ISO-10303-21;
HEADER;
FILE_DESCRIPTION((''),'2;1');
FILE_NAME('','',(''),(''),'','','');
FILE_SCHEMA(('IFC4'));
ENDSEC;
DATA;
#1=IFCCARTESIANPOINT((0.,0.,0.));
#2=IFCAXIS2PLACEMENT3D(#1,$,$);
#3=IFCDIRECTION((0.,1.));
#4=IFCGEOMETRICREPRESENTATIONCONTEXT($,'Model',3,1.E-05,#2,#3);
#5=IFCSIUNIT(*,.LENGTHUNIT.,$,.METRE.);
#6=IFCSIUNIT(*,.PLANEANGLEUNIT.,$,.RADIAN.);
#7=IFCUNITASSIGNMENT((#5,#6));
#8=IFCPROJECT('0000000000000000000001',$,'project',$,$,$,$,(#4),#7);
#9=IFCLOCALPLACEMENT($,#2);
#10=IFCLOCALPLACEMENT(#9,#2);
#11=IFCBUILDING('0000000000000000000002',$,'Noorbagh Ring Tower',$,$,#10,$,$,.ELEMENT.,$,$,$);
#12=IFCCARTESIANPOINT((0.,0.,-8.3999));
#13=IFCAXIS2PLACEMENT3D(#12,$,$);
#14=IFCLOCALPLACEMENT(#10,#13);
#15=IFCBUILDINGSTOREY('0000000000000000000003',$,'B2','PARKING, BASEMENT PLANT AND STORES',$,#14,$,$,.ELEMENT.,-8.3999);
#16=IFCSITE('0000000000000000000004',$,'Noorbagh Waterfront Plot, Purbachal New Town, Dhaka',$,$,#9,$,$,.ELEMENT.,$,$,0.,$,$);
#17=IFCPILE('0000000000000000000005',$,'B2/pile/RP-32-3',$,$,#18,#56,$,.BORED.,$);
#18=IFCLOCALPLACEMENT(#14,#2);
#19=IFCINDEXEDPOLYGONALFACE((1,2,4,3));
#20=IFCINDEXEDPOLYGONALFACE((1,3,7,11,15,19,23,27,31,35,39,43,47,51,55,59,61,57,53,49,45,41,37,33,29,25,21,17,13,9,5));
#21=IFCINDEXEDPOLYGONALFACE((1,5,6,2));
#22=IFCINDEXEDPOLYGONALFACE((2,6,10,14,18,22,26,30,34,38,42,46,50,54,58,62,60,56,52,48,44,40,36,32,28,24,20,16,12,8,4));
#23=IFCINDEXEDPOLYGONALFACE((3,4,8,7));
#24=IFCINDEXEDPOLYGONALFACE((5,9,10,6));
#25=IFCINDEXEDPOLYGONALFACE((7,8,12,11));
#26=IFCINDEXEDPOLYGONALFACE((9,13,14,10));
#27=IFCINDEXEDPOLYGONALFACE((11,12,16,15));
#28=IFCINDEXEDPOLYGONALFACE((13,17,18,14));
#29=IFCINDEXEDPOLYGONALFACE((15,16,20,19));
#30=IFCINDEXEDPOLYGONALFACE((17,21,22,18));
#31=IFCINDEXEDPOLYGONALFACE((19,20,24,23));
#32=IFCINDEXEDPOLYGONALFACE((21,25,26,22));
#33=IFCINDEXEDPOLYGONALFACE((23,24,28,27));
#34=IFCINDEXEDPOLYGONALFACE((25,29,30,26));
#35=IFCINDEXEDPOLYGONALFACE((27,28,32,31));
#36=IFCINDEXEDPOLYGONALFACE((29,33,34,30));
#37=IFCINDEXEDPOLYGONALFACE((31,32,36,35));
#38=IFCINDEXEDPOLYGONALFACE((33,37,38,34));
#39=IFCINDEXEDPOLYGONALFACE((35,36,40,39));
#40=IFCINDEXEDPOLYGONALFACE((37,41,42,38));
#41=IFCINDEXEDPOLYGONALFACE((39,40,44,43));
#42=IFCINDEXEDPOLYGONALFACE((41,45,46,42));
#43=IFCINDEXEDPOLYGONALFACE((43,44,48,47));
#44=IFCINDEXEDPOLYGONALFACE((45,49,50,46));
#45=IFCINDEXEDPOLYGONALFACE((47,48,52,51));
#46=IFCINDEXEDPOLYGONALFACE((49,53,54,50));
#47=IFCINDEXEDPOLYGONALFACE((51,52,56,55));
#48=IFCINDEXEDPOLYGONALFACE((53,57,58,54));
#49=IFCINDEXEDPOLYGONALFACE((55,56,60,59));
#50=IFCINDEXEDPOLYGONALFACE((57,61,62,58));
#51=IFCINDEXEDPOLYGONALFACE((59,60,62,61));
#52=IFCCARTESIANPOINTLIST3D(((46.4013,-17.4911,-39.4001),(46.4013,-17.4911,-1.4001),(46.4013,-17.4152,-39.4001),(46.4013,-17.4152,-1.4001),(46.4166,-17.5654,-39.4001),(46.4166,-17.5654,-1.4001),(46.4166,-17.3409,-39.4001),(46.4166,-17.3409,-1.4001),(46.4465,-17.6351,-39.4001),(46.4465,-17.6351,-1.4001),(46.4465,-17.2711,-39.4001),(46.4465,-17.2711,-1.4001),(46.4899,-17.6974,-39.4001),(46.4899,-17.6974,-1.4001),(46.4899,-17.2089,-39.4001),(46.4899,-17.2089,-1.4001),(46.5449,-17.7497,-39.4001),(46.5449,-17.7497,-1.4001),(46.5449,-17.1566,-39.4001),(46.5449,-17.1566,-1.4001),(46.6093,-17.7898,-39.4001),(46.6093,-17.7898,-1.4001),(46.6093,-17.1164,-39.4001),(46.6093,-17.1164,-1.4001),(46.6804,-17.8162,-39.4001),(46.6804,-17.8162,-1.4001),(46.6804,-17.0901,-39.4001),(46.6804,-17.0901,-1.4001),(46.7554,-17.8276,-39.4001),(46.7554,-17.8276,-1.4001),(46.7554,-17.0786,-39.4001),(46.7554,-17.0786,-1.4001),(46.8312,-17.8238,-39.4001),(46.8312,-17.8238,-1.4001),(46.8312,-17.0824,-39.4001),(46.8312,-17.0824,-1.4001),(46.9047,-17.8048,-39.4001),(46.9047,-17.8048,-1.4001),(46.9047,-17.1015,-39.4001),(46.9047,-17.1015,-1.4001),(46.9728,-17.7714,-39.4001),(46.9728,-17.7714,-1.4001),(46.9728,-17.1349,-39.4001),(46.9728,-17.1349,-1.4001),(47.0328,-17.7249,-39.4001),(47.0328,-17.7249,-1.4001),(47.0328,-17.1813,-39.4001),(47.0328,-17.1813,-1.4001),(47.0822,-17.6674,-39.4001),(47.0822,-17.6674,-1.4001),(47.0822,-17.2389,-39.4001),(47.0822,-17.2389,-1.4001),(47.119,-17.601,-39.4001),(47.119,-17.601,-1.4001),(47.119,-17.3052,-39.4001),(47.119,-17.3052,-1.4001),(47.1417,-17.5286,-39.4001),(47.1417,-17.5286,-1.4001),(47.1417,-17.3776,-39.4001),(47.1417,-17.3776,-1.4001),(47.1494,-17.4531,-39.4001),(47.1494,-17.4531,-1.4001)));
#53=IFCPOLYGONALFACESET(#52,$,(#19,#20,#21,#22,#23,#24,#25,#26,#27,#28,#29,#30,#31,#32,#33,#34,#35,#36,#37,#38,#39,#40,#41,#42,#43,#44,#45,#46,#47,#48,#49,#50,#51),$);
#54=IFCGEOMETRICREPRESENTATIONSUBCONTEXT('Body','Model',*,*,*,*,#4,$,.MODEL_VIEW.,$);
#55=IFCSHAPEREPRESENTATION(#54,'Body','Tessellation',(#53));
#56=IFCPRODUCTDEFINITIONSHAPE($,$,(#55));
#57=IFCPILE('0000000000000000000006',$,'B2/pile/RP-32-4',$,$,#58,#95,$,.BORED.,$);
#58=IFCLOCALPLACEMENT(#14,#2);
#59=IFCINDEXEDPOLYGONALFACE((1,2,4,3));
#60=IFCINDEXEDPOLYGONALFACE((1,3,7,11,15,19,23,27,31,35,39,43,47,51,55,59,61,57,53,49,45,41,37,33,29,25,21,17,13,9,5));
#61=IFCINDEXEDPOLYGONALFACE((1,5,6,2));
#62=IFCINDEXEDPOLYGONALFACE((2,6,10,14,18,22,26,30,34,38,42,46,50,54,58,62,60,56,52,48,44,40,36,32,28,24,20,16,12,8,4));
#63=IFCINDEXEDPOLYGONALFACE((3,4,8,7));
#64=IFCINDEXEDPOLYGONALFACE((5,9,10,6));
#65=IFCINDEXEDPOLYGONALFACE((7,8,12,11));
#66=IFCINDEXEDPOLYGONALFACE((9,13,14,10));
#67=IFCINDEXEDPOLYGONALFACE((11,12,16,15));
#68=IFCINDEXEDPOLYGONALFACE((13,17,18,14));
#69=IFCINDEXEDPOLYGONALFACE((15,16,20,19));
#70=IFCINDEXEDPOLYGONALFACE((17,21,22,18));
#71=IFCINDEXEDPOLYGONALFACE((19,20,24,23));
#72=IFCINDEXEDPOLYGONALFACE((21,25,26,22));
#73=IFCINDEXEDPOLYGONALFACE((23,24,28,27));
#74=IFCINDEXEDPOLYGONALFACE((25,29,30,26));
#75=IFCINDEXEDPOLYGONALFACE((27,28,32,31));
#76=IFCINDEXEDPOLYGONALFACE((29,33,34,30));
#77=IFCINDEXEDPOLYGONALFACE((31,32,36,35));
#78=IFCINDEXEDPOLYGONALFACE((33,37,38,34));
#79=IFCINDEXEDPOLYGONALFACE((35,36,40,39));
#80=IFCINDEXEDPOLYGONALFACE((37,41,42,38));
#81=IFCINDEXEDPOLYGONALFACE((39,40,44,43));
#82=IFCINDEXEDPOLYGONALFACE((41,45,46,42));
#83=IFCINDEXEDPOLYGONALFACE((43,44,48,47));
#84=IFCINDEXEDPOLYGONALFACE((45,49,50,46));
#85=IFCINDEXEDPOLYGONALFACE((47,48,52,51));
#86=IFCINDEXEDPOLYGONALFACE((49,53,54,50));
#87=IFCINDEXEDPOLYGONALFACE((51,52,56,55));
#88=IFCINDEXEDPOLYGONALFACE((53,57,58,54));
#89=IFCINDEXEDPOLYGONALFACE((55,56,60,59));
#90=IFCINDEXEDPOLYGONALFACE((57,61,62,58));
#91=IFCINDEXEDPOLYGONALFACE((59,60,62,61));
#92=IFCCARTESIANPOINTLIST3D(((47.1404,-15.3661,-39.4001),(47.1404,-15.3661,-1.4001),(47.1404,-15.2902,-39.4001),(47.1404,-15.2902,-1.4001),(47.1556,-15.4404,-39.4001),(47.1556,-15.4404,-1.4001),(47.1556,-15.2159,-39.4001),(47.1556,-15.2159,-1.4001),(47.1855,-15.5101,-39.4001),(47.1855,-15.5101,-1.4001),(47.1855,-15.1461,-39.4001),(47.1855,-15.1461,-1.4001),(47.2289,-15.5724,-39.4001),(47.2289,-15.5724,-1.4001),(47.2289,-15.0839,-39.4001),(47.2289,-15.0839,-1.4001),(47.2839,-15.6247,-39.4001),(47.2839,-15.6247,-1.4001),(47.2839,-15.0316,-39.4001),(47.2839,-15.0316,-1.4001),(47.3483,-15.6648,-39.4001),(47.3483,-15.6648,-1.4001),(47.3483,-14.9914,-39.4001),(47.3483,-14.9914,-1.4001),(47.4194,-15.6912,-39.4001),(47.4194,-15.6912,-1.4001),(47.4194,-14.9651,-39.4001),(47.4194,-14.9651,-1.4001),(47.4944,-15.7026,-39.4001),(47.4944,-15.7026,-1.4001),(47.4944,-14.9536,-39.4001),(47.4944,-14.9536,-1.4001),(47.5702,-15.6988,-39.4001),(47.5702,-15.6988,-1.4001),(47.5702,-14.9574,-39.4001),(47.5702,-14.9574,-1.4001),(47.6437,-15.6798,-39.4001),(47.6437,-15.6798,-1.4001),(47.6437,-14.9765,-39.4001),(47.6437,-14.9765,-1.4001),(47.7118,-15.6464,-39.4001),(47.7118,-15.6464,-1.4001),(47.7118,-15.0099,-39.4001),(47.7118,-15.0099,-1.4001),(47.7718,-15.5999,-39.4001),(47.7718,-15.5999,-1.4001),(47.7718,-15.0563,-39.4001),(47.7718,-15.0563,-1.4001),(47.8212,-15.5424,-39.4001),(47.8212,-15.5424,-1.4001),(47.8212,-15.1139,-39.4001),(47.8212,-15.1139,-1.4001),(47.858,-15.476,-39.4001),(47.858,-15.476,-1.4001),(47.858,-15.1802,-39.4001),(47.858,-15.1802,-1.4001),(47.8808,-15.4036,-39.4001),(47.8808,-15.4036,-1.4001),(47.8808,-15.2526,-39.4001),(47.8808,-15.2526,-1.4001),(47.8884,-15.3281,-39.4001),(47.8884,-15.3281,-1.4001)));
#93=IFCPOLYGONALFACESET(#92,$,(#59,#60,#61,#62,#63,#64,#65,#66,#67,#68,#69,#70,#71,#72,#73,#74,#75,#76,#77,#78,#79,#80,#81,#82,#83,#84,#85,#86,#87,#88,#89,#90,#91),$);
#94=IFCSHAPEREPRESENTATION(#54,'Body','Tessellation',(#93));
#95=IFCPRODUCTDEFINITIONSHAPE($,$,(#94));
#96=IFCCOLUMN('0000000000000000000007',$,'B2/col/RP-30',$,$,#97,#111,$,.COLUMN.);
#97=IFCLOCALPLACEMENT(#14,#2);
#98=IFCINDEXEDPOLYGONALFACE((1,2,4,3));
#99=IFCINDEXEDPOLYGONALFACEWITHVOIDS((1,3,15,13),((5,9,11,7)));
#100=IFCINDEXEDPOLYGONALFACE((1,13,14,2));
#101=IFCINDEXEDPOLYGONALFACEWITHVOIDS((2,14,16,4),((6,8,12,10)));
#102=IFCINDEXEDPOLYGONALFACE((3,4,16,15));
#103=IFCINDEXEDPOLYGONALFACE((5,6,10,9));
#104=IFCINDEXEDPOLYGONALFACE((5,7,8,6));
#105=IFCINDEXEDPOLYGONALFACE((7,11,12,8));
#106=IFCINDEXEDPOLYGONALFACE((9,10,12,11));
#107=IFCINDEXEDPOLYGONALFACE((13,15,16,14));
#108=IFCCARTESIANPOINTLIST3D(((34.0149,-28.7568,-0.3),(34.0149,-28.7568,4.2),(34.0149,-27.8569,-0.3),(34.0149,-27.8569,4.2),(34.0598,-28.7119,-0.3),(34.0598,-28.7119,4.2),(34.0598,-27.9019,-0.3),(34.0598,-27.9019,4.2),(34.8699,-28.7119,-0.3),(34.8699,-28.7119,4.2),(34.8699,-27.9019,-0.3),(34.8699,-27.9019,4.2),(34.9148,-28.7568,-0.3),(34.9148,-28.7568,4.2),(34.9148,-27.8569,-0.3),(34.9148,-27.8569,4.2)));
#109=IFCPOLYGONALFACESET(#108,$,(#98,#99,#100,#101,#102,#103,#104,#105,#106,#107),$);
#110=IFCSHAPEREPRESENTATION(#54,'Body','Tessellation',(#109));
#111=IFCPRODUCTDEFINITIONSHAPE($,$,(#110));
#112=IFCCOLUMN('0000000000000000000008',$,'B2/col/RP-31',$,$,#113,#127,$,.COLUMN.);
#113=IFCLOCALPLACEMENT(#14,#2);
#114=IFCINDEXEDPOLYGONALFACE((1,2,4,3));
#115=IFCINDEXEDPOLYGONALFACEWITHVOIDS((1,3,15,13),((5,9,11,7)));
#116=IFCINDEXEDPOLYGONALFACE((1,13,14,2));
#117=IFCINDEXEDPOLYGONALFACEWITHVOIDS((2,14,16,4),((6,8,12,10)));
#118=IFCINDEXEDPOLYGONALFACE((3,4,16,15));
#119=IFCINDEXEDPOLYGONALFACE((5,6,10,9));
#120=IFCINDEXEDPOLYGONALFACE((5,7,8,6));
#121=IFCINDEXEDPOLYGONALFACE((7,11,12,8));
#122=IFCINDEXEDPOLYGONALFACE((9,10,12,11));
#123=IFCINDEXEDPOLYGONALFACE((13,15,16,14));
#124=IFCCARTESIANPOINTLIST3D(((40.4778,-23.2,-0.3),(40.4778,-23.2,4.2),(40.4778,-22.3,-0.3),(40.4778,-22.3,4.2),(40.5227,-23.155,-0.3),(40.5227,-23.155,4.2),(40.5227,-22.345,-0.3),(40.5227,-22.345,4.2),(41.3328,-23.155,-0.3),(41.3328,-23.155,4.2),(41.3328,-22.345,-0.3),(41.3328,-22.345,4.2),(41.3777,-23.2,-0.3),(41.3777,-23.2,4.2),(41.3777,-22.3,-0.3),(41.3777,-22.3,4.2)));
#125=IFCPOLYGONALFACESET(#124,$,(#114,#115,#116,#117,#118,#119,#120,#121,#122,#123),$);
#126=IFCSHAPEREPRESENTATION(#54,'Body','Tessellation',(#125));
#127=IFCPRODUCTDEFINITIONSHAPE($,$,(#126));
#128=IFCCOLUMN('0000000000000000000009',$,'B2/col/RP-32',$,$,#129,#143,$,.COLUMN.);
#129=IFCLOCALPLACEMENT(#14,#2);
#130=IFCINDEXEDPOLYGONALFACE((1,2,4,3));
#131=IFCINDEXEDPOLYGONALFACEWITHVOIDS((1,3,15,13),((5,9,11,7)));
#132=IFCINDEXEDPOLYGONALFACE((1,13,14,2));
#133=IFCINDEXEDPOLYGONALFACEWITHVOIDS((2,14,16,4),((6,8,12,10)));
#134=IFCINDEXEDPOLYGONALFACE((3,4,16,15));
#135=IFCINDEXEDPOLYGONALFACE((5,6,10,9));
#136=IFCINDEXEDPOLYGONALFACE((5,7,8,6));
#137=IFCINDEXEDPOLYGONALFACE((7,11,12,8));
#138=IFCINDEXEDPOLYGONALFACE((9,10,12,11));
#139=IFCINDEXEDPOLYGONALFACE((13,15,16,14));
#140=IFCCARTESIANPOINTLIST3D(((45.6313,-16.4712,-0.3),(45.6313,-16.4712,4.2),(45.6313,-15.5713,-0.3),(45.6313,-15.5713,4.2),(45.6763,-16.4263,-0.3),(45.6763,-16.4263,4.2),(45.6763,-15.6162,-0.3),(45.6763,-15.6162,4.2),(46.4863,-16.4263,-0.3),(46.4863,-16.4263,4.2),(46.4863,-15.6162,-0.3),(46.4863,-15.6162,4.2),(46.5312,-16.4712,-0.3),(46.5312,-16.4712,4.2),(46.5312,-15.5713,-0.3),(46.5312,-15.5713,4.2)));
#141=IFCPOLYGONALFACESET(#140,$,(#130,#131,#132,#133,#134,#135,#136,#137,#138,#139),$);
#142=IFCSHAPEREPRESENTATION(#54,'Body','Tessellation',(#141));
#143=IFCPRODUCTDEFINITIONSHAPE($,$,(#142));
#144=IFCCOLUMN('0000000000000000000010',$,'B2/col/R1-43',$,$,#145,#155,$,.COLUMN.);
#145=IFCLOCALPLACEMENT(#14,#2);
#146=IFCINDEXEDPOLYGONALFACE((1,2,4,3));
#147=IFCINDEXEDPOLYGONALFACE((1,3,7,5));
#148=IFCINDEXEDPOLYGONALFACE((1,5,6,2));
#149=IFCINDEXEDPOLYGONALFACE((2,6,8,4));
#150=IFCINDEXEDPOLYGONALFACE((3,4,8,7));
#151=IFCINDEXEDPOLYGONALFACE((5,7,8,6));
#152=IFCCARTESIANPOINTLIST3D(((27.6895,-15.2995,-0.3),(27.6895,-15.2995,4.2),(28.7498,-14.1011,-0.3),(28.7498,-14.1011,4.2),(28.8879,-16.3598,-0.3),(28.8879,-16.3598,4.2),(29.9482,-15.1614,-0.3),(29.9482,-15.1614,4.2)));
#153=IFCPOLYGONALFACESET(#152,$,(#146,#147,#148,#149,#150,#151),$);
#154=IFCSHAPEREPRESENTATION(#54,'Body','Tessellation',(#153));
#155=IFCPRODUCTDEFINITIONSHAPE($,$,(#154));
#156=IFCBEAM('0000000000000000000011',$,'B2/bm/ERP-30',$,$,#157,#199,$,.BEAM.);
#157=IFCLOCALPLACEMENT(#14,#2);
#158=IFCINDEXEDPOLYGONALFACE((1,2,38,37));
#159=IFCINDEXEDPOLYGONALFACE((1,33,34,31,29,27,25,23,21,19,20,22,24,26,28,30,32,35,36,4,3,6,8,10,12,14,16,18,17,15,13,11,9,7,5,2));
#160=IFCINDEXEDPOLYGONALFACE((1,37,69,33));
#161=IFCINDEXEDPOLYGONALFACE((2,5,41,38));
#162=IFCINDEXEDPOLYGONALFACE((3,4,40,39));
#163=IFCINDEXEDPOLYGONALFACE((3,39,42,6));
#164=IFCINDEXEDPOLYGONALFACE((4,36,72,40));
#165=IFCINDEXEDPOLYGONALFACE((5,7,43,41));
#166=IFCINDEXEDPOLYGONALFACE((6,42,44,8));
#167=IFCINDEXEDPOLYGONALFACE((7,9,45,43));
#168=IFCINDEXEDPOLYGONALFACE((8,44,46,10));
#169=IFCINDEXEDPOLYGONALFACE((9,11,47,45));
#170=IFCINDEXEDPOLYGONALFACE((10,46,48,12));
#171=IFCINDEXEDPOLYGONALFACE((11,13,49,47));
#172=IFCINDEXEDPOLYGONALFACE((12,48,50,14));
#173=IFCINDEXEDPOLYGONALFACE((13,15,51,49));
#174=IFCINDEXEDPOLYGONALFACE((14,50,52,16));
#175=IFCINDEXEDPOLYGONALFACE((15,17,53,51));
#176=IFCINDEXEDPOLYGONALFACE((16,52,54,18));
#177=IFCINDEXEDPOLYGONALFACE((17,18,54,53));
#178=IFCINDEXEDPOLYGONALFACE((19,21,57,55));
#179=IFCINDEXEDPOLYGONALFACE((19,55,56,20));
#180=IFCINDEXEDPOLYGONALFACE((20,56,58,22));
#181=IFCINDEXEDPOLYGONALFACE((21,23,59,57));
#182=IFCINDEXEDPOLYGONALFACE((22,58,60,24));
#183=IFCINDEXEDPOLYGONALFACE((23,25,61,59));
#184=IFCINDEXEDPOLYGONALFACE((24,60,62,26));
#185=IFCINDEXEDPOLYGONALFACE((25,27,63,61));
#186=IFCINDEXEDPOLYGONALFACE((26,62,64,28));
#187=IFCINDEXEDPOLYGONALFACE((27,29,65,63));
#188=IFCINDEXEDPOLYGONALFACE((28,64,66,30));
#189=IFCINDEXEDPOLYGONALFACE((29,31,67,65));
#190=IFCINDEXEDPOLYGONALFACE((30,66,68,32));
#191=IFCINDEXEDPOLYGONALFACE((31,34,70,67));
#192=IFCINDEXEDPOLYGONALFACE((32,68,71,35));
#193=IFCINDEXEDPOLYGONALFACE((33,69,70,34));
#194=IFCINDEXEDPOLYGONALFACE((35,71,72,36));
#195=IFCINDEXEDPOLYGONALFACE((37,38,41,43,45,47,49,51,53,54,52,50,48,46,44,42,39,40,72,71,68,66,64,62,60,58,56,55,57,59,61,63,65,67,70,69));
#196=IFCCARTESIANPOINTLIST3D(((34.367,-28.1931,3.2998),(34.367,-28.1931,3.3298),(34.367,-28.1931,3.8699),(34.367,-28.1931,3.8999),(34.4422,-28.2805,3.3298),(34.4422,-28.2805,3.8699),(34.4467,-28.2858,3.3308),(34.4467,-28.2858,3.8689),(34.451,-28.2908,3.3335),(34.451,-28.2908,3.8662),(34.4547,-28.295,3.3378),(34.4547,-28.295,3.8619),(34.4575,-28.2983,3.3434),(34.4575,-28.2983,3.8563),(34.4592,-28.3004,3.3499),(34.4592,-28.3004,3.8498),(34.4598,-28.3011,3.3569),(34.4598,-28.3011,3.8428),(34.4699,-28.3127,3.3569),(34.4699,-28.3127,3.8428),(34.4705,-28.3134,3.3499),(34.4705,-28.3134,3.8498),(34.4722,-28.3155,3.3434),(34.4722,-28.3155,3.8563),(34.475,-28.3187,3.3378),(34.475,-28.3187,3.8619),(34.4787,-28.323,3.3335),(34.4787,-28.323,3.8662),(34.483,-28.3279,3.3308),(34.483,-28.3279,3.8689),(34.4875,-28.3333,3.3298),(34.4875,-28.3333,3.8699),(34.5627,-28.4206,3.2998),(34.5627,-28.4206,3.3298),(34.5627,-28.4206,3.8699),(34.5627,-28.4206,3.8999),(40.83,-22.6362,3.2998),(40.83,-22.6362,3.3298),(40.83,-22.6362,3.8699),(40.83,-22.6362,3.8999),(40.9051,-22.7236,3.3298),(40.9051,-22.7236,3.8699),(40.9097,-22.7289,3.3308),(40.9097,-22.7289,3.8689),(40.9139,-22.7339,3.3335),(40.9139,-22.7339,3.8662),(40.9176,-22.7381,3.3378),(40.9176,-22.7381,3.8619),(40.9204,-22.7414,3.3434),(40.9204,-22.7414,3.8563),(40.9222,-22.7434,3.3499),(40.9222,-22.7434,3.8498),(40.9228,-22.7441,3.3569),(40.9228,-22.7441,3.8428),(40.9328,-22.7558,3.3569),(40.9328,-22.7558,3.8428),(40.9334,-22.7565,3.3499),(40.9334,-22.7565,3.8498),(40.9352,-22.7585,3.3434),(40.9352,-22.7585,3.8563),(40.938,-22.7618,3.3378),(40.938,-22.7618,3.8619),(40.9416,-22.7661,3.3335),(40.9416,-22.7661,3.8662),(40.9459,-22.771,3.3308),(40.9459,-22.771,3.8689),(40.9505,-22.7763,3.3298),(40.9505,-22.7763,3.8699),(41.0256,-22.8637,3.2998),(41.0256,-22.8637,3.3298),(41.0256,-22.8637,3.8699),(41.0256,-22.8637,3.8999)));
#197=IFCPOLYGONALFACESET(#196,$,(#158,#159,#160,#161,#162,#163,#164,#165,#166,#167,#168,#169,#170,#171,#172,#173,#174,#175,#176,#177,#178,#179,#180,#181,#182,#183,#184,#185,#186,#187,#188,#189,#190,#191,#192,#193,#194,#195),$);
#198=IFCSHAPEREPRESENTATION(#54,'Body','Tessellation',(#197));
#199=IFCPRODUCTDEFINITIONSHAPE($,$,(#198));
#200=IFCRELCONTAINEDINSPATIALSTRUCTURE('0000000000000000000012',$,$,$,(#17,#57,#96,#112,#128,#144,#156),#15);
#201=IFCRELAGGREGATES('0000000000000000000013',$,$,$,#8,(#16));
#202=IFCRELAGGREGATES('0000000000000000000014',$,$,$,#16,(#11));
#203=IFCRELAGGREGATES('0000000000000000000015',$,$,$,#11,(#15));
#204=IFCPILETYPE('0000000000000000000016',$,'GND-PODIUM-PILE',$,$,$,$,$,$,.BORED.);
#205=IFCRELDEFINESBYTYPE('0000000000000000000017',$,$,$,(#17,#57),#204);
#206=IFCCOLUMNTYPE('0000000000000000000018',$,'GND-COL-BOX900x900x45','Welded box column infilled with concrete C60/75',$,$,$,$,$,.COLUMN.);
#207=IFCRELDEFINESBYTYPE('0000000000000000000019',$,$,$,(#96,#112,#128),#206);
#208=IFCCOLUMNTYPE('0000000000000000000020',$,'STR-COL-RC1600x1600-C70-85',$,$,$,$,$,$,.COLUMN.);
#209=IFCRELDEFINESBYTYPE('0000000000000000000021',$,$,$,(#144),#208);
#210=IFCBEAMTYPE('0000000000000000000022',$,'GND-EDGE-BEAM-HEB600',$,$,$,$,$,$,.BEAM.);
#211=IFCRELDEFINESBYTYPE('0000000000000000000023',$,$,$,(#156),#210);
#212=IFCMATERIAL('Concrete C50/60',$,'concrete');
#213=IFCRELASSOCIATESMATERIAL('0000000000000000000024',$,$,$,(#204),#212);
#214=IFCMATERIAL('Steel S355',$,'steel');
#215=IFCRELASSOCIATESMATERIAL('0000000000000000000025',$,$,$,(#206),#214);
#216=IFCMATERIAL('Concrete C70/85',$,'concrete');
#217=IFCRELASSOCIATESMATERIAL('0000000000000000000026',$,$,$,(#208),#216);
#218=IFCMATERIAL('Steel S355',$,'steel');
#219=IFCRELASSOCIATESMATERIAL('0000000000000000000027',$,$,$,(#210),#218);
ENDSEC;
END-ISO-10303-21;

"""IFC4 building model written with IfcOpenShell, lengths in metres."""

from ifc_helpers import new_model, si_unit, direction, frame, origin, origin_2d, place, context, subcontext, project, spatial, rectangle, hollow_rectangle, circle, i_section, extrude, material, material_profile, profile_set, type_object, element, save


model = new_model("IFC4")

# Units and contexts
model_context = context("Model", 3, precision=1e-05, world=origin(), true_north=direction((0.0, 1.0)))
body_context = subcontext(model_context, "Body", "Model", "MODEL_VIEW")
ifc_project = project(units=[si_unit("LENGTHUNIT", "METRE"), si_unit("PLANEANGLEUNIT", "RADIAN")], contexts=[model_context])

# Site, building, storey
site_placement = place(None, origin())
site = spatial("IfcSite", under=ifc_project, at=site_placement, Name="Noorbagh Waterfront Plot, Purbachal New Town, Dhaka", CompositionType="ELEMENT", RefElevation=0.0)
building_placement = place(site_placement, origin())
building = spatial("IfcBuilding", under=site, at=building_placement, Name="Noorbagh Ring Tower", CompositionType="ELEMENT")
storey_placement = place(building_placement, frame((0.0, 0.0, -8.3999)))
storey = spatial("IfcBuildingStorey", under=building, at=storey_placement, Name="B2", Description="PARKING, BASEMENT PLANT AND STORES", CompositionType="ELEMENT", Elevation=-8.3999)

# Piles
ifc_material_1 = material(Name="Concrete C50/60", Category="concrete")
ifc_material_profile_1 = material_profile(ifc_material_1, circle(Radius=0.375, at=origin_2d()), Name="PILE750")
ifc_profile_set_1 = profile_set([ifc_material_profile_1], Name="Concrete C50/60")
pile_type = type_object("IfcPileType", Name="GND-PODIUM-PILE", PredefinedType="BORED", material=ifc_profile_set_1)
for number, where, z_axis, x_axis, name in (
    (1, (46.7744, -17.4531, -1.4001), (0.0, 0.0, -1.0), (1.0, 0.0, 0.0), "B2/pile/RP-32-3"),
    (2, (47.5134, -15.3281, -1.4001), (0.0, 0.0, -1.0), (1.0, 0.0, 0.0), "B2/pile/RP-32-4"),
):
    element("IfcPile", number, at=place(storey_placement, frame(where, z_axis=z_axis, x_axis=x_axis)), inside=storey, type_object=pile_type, Name=name, PredefinedType="BORED", context=body_context, shape_type="SweptSolid", body=[
        extrude(circle(Radius=0.375, at=origin_2d()), origin(), (0.0, 0.0, 1.0), 38.0),
    ])

# Columns
ifc_material_2 = material(Name="Steel S355", Category="steel")
ifc_material_profile_2 = material_profile(ifc_material_2, hollow_rectangle(XDim=0.8999, YDim=0.8999, WallThickness=0.0449, at=origin_2d()), Name="BOX900x900x45")
ifc_profile_set_2 = profile_set([ifc_material_profile_2], Name="Steel S355")
column_type_1 = type_object("IfcColumnType", Name="GND-COL-BOX900x900x45", Description="Welded box column infilled with concrete C60/75", PredefinedType="COLUMN", material=ifc_profile_set_2)
for number, where, z_axis, x_axis, name in (
    (3, (34.4648, -28.3069, -0.3), (0.0, 0.0, 1.0), (1.0, 0.0, 0.0), "B2/col/RP-30"),
    (4, (40.9277, -22.75, -0.3), (0.0, 0.0, 1.0), (1.0, 0.0, 0.0), "B2/col/RP-31"),
    (5, (46.0813, -16.0212, -0.3), (0.0, 0.0, 1.0), (1.0, 0.0, 0.0), "B2/col/RP-32"),
):
    element("IfcColumn", number, at=place(storey_placement, frame(where, z_axis=z_axis, x_axis=x_axis)), inside=storey, type_object=column_type_1, Name=name, PredefinedType="COLUMN", context=body_context, shape_type="SweptSolid", body=[
        extrude(hollow_rectangle(XDim=0.8999, YDim=0.8999, WallThickness=0.0449, at=origin_2d()), origin(), (0.0, 0.0, 1.0), 4.5),
    ])
ifc_material_3 = material(Name="Concrete C70/85", Category="concrete")
ifc_material_profile_3 = material_profile(ifc_material_3, rectangle(XDim=1.6001, YDim=1.6001, at=origin_2d()), Name="RC1600x1600")
ifc_profile_set_3 = profile_set([ifc_material_profile_3], Name="Concrete C70/85")
column_type_2 = type_object("IfcColumnType", Name="STR-COL-RC1600x1600-C70-85", PredefinedType="COLUMN", material=ifc_profile_set_3)
column_placement = place(storey_placement, frame((28.8188, -15.2305, -0.3), z_axis=(0.0, 0.0, 1.0), x_axis=(0.662636, 0.748942, 0.0)))
element("IfcColumn", 6, at=column_placement, inside=storey, type_object=column_type_2, Name="B2/col/R1-43", PredefinedType="COLUMN", context=body_context, shape_type="SweptSolid", body=[
    extrude(rectangle(XDim=1.6001, YDim=1.6001, at=origin_2d()), origin(), (0.0, 0.0, 1.0), 4.5),
])

# Beam
ifc_material_4 = material(Name="Steel S355", Category="steel")
ifc_material_profile_4 = material_profile(ifc_material_4, i_section(OverallWidth=0.3, OverallDepth=0.6001, WebThickness=0.0154, FlangeThickness=0.03, FilletRadius=0.0271, at=origin_2d()), Name="HEB600")
ifc_profile_set_4 = profile_set([ifc_material_profile_4], Name="Steel S355")
beam_type_1 = type_object("IfcBeamType", Name="GND-EDGE-BEAM-HEB600", PredefinedType="BEAM", material=ifc_profile_set_4)
beam_1_placement = place(storey_placement, frame((34.4648, -28.3069, 3.5999), z_axis=(0.758255, 0.651958, 0.0), x_axis=(-0.651958, 0.758255, 0.0)))
element("IfcBeam", 7, at=beam_1_placement, inside=storey, type_object=beam_type_1, Name="B2/bm/ERP-30", PredefinedType="BEAM", context=body_context, shape_type="SweptSolid", body=[
    extrude(i_section(OverallWidth=0.3, OverallDepth=0.6001, WebThickness=0.0154, FlangeThickness=0.03, FilletRadius=0.0271, at=origin_2d()), origin(), (0.0, 0.0, 1.0), 8.5234),
])

save(model, "model.ifc")
